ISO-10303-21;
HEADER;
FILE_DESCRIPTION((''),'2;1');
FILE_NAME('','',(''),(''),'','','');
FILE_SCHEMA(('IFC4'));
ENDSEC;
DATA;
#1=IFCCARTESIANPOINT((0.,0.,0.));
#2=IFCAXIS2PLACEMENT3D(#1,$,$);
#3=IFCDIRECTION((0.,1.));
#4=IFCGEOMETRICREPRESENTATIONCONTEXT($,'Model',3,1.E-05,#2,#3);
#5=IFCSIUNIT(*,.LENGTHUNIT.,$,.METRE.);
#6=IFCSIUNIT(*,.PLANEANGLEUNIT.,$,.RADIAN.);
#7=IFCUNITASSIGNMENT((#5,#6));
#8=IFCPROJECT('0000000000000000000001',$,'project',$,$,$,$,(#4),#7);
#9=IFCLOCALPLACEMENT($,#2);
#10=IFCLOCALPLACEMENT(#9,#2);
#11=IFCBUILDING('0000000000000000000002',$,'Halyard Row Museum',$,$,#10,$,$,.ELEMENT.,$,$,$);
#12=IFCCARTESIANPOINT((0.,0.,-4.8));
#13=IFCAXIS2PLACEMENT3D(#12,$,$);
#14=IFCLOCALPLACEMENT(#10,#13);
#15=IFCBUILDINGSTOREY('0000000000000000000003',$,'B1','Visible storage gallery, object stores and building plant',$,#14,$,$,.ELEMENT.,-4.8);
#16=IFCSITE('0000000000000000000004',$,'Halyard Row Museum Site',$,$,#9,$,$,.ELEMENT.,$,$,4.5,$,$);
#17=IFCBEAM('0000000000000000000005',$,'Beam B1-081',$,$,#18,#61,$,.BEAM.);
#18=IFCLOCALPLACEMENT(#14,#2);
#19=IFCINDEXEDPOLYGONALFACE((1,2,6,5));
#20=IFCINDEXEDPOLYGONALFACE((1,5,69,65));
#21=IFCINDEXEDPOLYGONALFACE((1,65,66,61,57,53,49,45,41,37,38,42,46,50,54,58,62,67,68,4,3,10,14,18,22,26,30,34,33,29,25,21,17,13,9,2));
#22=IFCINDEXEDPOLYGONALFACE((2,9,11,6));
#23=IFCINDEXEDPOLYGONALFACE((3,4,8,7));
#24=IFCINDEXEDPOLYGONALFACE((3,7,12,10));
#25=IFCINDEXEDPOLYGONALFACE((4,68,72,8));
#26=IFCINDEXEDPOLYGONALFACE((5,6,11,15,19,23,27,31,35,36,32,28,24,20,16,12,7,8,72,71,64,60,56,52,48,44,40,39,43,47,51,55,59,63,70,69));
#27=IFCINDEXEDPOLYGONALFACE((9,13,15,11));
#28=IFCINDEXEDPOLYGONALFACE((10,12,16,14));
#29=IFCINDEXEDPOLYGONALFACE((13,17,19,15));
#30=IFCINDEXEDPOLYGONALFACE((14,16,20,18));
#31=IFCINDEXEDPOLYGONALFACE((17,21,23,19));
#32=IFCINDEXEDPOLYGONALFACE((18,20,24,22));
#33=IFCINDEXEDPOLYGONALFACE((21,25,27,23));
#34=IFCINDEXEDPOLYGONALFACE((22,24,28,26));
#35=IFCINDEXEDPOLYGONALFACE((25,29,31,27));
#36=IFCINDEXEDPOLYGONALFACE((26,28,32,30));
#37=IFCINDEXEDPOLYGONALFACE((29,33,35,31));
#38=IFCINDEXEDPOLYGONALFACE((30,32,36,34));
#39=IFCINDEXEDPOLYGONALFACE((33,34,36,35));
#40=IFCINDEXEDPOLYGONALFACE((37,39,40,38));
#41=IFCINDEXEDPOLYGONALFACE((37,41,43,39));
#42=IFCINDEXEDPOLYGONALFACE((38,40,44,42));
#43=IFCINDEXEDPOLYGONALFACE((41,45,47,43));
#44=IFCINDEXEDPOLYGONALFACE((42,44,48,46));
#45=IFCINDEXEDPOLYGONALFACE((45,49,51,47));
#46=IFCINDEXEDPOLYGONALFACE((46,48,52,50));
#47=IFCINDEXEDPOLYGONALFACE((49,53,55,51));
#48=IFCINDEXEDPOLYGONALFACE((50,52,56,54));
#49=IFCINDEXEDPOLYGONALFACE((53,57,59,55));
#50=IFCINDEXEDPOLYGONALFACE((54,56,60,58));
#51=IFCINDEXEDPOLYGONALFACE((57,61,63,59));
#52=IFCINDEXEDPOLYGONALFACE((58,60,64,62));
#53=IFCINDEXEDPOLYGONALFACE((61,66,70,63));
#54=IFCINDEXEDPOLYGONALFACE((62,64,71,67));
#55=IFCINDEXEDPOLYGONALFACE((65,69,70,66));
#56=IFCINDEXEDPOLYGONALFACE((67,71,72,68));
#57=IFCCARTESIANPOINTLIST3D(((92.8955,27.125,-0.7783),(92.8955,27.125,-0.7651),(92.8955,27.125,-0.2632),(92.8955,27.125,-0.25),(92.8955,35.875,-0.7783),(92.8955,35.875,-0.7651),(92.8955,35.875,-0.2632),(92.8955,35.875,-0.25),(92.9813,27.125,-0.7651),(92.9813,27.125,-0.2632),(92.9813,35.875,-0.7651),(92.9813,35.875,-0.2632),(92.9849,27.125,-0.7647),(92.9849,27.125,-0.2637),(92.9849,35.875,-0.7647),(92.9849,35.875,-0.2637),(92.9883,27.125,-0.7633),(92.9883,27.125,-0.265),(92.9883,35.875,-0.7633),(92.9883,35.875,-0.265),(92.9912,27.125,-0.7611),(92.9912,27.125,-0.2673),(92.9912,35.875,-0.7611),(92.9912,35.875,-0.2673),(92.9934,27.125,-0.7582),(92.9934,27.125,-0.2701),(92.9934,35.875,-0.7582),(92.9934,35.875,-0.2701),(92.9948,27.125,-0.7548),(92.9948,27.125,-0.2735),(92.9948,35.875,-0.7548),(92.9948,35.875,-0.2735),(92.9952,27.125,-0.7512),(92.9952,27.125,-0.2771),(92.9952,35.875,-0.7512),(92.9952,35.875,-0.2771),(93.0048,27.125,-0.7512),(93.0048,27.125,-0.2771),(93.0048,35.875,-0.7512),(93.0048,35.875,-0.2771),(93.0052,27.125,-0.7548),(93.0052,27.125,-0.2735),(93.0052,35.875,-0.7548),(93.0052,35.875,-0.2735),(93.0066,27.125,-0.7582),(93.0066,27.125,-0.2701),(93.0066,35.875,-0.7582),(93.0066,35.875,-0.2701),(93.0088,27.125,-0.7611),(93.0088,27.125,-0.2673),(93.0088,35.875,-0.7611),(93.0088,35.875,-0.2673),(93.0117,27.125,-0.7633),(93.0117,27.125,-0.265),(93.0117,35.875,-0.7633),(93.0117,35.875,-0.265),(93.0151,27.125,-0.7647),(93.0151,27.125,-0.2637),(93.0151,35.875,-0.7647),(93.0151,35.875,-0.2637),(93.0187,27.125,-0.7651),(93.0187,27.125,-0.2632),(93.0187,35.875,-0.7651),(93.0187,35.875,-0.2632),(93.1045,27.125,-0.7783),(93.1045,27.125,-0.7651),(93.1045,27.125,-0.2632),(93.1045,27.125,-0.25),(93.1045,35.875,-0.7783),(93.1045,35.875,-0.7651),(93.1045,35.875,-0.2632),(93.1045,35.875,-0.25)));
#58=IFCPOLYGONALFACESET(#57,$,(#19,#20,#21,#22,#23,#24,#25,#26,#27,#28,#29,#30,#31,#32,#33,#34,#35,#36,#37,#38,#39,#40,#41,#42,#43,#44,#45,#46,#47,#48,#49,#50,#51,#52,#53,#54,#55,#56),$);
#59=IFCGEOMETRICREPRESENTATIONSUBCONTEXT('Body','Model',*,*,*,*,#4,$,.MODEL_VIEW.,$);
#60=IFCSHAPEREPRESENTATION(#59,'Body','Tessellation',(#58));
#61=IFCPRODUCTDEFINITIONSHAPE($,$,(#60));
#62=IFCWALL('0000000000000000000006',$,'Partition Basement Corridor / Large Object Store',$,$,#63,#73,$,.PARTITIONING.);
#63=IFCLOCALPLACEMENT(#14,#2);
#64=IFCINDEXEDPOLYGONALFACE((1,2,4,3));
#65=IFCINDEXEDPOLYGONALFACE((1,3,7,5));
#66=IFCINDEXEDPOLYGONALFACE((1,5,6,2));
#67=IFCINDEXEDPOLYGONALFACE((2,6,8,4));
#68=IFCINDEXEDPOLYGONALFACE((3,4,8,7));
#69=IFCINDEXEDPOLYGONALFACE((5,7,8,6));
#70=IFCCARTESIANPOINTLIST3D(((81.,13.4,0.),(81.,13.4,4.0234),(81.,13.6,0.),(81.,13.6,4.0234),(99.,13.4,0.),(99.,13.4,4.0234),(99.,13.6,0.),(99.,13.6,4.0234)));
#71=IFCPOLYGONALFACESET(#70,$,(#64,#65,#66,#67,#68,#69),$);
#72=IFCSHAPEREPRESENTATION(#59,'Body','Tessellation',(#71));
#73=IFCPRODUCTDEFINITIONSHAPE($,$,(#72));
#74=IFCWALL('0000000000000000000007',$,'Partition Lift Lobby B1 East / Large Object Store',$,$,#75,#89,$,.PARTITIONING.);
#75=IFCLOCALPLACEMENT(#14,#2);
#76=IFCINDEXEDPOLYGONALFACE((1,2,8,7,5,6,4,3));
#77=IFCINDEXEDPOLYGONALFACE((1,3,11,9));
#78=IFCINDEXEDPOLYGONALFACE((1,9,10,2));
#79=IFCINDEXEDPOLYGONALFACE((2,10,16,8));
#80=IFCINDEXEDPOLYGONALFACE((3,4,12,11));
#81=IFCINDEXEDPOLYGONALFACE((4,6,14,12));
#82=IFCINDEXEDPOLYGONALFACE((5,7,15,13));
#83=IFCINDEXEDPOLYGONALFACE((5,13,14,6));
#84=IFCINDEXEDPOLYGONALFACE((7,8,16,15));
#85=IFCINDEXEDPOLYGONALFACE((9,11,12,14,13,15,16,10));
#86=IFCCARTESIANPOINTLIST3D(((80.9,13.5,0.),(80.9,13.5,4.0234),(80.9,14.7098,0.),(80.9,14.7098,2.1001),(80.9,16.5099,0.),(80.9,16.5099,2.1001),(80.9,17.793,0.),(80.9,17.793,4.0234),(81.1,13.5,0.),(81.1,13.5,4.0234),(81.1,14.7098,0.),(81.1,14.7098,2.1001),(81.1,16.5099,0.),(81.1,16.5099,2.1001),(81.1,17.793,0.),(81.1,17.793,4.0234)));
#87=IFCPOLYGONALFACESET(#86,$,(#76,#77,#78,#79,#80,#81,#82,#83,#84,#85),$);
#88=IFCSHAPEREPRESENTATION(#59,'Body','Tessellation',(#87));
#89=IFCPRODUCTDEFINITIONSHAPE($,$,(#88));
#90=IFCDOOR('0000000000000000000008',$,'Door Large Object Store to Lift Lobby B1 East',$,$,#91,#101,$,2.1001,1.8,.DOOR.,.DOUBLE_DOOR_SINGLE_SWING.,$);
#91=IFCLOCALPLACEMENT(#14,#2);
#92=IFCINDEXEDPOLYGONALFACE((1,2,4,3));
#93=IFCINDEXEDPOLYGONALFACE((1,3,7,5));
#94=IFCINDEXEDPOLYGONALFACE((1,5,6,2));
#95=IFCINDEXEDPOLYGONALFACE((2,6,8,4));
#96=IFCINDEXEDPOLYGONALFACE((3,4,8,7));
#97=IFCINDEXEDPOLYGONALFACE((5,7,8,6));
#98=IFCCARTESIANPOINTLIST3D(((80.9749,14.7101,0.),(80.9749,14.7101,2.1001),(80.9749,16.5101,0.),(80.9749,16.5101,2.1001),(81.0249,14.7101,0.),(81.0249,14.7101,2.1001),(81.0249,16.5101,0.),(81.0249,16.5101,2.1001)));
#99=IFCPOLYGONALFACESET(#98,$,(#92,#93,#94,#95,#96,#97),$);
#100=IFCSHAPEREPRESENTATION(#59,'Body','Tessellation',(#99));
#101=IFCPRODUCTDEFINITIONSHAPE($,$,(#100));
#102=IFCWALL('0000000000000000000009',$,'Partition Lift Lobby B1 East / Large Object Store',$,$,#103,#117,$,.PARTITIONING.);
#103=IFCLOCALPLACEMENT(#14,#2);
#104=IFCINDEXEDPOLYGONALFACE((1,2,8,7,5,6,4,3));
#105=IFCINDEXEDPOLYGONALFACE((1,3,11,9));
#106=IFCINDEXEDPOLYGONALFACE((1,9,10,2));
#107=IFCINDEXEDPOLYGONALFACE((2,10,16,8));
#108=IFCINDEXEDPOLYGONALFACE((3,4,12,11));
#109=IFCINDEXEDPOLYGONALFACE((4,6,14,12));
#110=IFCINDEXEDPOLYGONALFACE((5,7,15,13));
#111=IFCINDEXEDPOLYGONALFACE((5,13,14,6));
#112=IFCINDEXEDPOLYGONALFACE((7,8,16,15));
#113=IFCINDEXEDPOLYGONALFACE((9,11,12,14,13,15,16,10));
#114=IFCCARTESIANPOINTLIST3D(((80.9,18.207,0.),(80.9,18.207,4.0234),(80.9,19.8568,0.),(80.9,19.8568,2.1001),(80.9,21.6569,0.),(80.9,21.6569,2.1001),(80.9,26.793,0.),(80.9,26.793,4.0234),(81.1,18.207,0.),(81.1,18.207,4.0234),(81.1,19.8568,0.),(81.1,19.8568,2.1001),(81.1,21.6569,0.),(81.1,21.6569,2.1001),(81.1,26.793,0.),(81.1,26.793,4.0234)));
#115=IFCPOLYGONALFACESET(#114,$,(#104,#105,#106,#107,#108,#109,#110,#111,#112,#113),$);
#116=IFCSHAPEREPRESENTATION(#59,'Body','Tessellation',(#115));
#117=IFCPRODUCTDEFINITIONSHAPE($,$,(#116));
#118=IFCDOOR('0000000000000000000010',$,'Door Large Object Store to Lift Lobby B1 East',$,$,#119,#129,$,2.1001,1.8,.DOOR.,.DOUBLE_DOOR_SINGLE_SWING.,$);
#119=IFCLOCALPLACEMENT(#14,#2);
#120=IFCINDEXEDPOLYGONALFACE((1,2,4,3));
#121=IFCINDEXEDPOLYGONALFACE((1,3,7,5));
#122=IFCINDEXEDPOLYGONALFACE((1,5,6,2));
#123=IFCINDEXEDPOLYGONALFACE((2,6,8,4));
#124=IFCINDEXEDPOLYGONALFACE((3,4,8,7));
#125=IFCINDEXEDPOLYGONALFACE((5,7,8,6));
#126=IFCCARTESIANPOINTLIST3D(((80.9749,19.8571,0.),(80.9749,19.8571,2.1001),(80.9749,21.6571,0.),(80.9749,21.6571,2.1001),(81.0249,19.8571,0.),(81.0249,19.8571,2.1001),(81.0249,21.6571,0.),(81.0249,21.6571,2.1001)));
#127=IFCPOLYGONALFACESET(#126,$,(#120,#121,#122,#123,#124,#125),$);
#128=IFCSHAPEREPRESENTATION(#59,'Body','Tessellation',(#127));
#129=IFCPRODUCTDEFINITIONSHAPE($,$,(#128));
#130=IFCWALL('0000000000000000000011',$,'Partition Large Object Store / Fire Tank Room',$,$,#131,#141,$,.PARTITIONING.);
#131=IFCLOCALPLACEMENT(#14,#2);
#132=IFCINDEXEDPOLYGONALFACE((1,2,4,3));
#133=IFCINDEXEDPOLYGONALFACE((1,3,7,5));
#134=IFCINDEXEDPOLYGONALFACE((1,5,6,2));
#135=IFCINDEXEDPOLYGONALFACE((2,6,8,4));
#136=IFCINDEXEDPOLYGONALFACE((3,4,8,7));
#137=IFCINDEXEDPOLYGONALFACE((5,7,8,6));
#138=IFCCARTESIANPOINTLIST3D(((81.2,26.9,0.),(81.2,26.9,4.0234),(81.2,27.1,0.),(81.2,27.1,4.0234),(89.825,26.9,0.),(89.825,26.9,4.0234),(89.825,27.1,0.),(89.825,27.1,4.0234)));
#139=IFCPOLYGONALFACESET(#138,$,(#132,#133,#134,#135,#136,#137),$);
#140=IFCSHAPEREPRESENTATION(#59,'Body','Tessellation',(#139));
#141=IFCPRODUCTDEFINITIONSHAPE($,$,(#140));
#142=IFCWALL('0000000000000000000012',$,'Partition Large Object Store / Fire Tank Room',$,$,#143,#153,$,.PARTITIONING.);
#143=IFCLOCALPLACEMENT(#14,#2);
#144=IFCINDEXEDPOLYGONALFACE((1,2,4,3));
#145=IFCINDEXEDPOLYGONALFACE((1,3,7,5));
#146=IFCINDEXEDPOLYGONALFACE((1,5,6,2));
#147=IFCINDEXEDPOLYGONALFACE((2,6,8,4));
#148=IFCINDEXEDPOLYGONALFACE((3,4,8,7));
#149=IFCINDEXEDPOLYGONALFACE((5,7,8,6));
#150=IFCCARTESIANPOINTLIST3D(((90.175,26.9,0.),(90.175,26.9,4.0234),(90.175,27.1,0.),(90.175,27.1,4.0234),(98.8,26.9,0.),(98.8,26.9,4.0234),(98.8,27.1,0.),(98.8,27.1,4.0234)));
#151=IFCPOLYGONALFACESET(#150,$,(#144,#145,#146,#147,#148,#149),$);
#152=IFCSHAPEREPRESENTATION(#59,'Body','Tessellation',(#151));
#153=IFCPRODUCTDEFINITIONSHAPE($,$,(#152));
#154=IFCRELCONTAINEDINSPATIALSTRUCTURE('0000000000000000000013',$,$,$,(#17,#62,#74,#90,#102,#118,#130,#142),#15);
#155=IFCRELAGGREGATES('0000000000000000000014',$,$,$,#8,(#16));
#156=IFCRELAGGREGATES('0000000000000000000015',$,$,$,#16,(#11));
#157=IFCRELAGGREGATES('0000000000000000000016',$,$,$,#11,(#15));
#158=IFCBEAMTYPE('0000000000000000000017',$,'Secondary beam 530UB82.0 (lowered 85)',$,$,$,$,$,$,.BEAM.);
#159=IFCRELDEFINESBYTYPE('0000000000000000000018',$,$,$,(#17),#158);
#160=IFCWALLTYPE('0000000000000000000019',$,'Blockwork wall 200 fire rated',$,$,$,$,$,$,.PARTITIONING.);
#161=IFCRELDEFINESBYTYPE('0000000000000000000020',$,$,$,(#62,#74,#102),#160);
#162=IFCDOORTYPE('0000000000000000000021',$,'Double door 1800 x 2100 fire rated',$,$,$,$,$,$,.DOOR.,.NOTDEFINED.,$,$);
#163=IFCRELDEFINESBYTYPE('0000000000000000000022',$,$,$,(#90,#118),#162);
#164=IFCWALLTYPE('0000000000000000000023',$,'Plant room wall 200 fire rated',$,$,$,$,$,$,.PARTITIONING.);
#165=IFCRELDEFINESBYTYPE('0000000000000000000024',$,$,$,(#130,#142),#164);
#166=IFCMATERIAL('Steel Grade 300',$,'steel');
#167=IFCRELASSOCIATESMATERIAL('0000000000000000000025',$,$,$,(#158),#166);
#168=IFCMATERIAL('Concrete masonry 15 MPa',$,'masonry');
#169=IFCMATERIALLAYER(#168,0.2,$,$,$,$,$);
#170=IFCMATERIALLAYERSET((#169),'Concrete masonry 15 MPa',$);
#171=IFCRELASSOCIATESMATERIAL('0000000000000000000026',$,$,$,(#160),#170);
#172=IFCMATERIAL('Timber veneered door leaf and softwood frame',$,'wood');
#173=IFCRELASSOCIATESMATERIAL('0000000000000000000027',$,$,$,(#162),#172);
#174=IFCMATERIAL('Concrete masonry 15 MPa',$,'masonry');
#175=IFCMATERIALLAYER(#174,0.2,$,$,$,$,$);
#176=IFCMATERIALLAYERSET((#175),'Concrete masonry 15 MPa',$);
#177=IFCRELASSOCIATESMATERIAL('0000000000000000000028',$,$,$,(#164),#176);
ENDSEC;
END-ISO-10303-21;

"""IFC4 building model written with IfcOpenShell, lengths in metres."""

from ifc_helpers import new_model, si_unit, direction, frame, frame_2d, origin, origin_2d, place, context, subcontext, project, spatial, rectangle, i_section, extrude, material, layer, layer_set, material_profile, profile_set, type_object, element, fill, save


model = new_model("IFC4")

# Units and contexts
model_context = context("Model", 3, precision=1e-05, world=origin(), true_north=direction((0.0, 1.0)))
body_context = subcontext(model_context, "Body", "Model", "MODEL_VIEW")
ifc_project = project(units=[si_unit("LENGTHUNIT", "METRE"), si_unit("PLANEANGLEUNIT", "RADIAN")], contexts=[model_context])

# Site, building, storey
site_placement = place(None, origin())
site = spatial("IfcSite", under=ifc_project, at=site_placement, Name="Halyard Row Museum Site", CompositionType="ELEMENT", RefElevation=4.5)
building_placement = place(site_placement, origin())
building = spatial("IfcBuilding", under=site, at=building_placement, Name="Halyard Row Museum", CompositionType="ELEMENT")
storey_placement = place(building_placement, frame((0.0, 0.0, -4.8)))
storey = spatial("IfcBuildingStorey", under=building, at=storey_placement, Name="B1", Description="Visible storage gallery, object stores and building plant", CompositionType="ELEMENT", Elevation=-4.8)

# Beam
ifc_material_1 = material(Name="Steel Grade 300", Category="steel")
ifc_material_profile_1 = material_profile(ifc_material_1, i_section(OverallWidth=0.209, OverallDepth=0.5283, WebThickness=0.0095, FlangeThickness=0.0132, FilletRadius=0.0139, at=origin_2d()), Name="530UB82.0")
ifc_profile_set_1 = profile_set([ifc_material_profile_1], Name="Steel Grade 300")
beam_type_1 = type_object("IfcBeamType", Name="Secondary beam 530UB82.0 (lowered 85)", PredefinedType="BEAM", material=ifc_profile_set_1)
for number, where, z_axis, x_axis, name in (
    (1, (93.0, 27.125, -0.5142), (0.0, 1.0, 0.0), (-1.0, 0.0, 0.0), "Beam B1-081"),
):
    element("IfcBeam", number, at=place(storey_placement, frame(where, z_axis=z_axis, x_axis=x_axis)), inside=storey, type_object=beam_type_1, Name=name, PredefinedType="BEAM", context=body_context, shape_type="SweptSolid", body=[
        extrude(i_section(OverallWidth=0.209, OverallDepth=0.5283, WebThickness=0.0095, FlangeThickness=0.0132, FilletRadius=0.0139, at=origin_2d()), origin(), (0.0, 0.0, 1.0), 8.75),
    ])

# Wall
ifc_material_2 = material(Name="Concrete masonry 15 MPa", Category="masonry")
ifc_layer_1 = layer(ifc_material_2, 0.2)
ifc_layer_set_1 = layer_set([ifc_layer_1], Name="Concrete masonry 15 MPa")
wall_type_1 = type_object("IfcWallType", Name="Blockwork wall 200 fire rated", PredefinedType="PARTITIONING", material=ifc_layer_set_1)
wall_1_placement = place(storey_placement, frame((81.0, 13.5, 0.0), z_axis=(0.0, 0.0, 1.0), x_axis=(1.0, 0.0, 0.0)))
element("IfcWall", 2, at=wall_1_placement, inside=storey, type_object=wall_type_1, Name="Partition Basement Corridor / Large Object Store", PredefinedType="PARTITIONING", context=body_context, shape_type="SweptSolid", body=[
    extrude(rectangle(XDim=18.0, YDim=0.2, at=frame_2d((9.0, 0.0))), origin(), (0.0, 0.0, 1.0), 4.0234),
])

# Walls, openings, doors
wall_2_placement = place(storey_placement, frame((81.0, 13.5, 0.0), z_axis=(0.0, 0.0, 1.0), x_axis=(0.0, 1.0, 0.0)))
wall_2 = element("IfcWall", 3, at=wall_2_placement, inside=storey, type_object=wall_type_1, Name="Partition Lift Lobby B1 East / Large Object Store", PredefinedType="PARTITIONING", context=body_context, shape_type="SweptSolid", body=[
    extrude(rectangle(XDim=4.293, YDim=0.2, at=frame_2d((2.1465, 0.0))), origin(), (0.0, 0.0, 1.0), 4.0234),
])
opening_1_placement = place(wall_2_placement, frame((1.21, 0.0, 0.0)))
opening_1 = element("IfcOpeningElement", 4, at=opening_1_placement, cuts=wall_2, PredefinedType="OPENING", context=body_context, shape_type="SweptSolid", body=[
    extrude(rectangle(XDim=1.8, YDim=2.1001, at=frame_2d((0.8999, 1.05))), frame((0.0, 0.1099, 0.0), z_axis=(0.0, -1.0, 0.0), x_axis=(1.0, 0.0, 0.0)), (0.0, 0.0, 1.0), 0.22),
])
ifc_material_3 = material(Name="Timber veneered door leaf and softwood frame", Category="wood")
door_type = type_object("IfcDoorType", Name="Double door 1800 x 2100 fire rated", OperationType="NOTDEFINED", PredefinedType="DOOR", material=ifc_material_3)
door_1_placement = place(opening_1_placement, frame((1.8, 0.0, 0.0), z_axis=(0.0, 0.0, 1.0), x_axis=(-1.0, 0.0, 0.0)))
door_1 = element("IfcDoor", 5, at=door_1_placement, inside=storey, type_object=door_type, Name="Door Large Object Store to Lift Lobby B1 East", OperationType="DOUBLE_DOOR_SINGLE_SWING", OverallHeight=2.1001, OverallWidth=1.8, PredefinedType="DOOR", context=body_context, shape_type="SweptSolid", body=[
    extrude(rectangle(XDim=1.8, YDim=2.1001, at=frame_2d((0.8999, 1.05))), frame((0.0, 0.0249, 0.0), z_axis=(0.0, -1.0, 0.0), x_axis=(1.0, 0.0, 0.0)), (0.0, 0.0, 1.0), 0.05),
])
fill(opening_1, door_1)
wall_3_placement = place(storey_placement, frame((81.0, 18.207, 0.0), z_axis=(0.0, 0.0, 1.0), x_axis=(0.0, 1.0, 0.0)))
wall_3 = element("IfcWall", 6, at=wall_3_placement, inside=storey, type_object=wall_type_1, Name="Partition Lift Lobby B1 East / Large Object Store", PredefinedType="PARTITIONING", context=body_context, shape_type="SweptSolid", body=[
    extrude(rectangle(XDim=8.5859, YDim=0.2, at=frame_2d((4.293, 0.0))), origin(), (0.0, 0.0, 1.0), 4.0234),
])
opening_2_placement = place(wall_3_placement, frame((1.6499, 0.0, 0.0)))
opening_2 = element("IfcOpeningElement", 7, at=opening_2_placement, cuts=wall_3, PredefinedType="OPENING", context=body_context, shape_type="SweptSolid", body=[
    extrude(rectangle(XDim=1.8, YDim=2.1001, at=frame_2d((0.8999, 1.05))), frame((0.0, 0.1099, 0.0), z_axis=(0.0, -1.0, 0.0), x_axis=(1.0, 0.0, 0.0)), (0.0, 0.0, 1.0), 0.22),
])
door_2_placement = place(opening_2_placement, frame((1.8, 0.0, 0.0), z_axis=(0.0, 0.0, 1.0), x_axis=(-1.0, 0.0, 0.0)))
door_2 = element("IfcDoor", 8, at=door_2_placement, inside=storey, type_object=door_type, Name="Door Large Object Store to Lift Lobby B1 East", OperationType="DOUBLE_DOOR_SINGLE_SWING", OverallHeight=2.1001, OverallWidth=1.8, PredefinedType="DOOR", context=body_context, shape_type="SweptSolid", body=[
    extrude(rectangle(XDim=1.8, YDim=2.1001, at=frame_2d((0.8999, 1.05))), frame((0.0, 0.0249, 0.0), z_axis=(0.0, -1.0, 0.0), x_axis=(1.0, 0.0, 0.0)), (0.0, 0.0, 1.0), 0.05),
])
fill(opening_2, door_2)

# Walls
ifc_material_4 = material(Name="Concrete masonry 15 MPa", Category="masonry")
ifc_layer_2 = layer(ifc_material_4, 0.2)
ifc_layer_set_2 = layer_set([ifc_layer_2], Name="Concrete masonry 15 MPa")
wall_type_2 = type_object("IfcWallType", Name="Plant room wall 200 fire rated", PredefinedType="PARTITIONING", material=ifc_layer_set_2)
for number, where, z_axis, x_axis, name in (
    (9, (81.2, 27.0, 0.0), (0.0, 0.0, 1.0), (1.0, 0.0, 0.0), "Partition Large Object Store / Fire Tank Room"),
    (10, (90.175, 27.0, 0.0), (0.0, 0.0, 1.0), (1.0, 0.0, 0.0), "Partition Large Object Store / Fire Tank Room"),
):
    element("IfcWall", number, at=place(storey_placement, frame(where, z_axis=z_axis, x_axis=x_axis)), inside=storey, type_object=wall_type_2, Name=name, PredefinedType="PARTITIONING", context=body_context, shape_type="SweptSolid", body=[
        extrude(rectangle(XDim=8.625, YDim=0.2, at=frame_2d((4.3125, 0.0))), origin(), (0.0, 0.0, 1.0), 4.0234),
    ])

save(model, "model.ifc")
